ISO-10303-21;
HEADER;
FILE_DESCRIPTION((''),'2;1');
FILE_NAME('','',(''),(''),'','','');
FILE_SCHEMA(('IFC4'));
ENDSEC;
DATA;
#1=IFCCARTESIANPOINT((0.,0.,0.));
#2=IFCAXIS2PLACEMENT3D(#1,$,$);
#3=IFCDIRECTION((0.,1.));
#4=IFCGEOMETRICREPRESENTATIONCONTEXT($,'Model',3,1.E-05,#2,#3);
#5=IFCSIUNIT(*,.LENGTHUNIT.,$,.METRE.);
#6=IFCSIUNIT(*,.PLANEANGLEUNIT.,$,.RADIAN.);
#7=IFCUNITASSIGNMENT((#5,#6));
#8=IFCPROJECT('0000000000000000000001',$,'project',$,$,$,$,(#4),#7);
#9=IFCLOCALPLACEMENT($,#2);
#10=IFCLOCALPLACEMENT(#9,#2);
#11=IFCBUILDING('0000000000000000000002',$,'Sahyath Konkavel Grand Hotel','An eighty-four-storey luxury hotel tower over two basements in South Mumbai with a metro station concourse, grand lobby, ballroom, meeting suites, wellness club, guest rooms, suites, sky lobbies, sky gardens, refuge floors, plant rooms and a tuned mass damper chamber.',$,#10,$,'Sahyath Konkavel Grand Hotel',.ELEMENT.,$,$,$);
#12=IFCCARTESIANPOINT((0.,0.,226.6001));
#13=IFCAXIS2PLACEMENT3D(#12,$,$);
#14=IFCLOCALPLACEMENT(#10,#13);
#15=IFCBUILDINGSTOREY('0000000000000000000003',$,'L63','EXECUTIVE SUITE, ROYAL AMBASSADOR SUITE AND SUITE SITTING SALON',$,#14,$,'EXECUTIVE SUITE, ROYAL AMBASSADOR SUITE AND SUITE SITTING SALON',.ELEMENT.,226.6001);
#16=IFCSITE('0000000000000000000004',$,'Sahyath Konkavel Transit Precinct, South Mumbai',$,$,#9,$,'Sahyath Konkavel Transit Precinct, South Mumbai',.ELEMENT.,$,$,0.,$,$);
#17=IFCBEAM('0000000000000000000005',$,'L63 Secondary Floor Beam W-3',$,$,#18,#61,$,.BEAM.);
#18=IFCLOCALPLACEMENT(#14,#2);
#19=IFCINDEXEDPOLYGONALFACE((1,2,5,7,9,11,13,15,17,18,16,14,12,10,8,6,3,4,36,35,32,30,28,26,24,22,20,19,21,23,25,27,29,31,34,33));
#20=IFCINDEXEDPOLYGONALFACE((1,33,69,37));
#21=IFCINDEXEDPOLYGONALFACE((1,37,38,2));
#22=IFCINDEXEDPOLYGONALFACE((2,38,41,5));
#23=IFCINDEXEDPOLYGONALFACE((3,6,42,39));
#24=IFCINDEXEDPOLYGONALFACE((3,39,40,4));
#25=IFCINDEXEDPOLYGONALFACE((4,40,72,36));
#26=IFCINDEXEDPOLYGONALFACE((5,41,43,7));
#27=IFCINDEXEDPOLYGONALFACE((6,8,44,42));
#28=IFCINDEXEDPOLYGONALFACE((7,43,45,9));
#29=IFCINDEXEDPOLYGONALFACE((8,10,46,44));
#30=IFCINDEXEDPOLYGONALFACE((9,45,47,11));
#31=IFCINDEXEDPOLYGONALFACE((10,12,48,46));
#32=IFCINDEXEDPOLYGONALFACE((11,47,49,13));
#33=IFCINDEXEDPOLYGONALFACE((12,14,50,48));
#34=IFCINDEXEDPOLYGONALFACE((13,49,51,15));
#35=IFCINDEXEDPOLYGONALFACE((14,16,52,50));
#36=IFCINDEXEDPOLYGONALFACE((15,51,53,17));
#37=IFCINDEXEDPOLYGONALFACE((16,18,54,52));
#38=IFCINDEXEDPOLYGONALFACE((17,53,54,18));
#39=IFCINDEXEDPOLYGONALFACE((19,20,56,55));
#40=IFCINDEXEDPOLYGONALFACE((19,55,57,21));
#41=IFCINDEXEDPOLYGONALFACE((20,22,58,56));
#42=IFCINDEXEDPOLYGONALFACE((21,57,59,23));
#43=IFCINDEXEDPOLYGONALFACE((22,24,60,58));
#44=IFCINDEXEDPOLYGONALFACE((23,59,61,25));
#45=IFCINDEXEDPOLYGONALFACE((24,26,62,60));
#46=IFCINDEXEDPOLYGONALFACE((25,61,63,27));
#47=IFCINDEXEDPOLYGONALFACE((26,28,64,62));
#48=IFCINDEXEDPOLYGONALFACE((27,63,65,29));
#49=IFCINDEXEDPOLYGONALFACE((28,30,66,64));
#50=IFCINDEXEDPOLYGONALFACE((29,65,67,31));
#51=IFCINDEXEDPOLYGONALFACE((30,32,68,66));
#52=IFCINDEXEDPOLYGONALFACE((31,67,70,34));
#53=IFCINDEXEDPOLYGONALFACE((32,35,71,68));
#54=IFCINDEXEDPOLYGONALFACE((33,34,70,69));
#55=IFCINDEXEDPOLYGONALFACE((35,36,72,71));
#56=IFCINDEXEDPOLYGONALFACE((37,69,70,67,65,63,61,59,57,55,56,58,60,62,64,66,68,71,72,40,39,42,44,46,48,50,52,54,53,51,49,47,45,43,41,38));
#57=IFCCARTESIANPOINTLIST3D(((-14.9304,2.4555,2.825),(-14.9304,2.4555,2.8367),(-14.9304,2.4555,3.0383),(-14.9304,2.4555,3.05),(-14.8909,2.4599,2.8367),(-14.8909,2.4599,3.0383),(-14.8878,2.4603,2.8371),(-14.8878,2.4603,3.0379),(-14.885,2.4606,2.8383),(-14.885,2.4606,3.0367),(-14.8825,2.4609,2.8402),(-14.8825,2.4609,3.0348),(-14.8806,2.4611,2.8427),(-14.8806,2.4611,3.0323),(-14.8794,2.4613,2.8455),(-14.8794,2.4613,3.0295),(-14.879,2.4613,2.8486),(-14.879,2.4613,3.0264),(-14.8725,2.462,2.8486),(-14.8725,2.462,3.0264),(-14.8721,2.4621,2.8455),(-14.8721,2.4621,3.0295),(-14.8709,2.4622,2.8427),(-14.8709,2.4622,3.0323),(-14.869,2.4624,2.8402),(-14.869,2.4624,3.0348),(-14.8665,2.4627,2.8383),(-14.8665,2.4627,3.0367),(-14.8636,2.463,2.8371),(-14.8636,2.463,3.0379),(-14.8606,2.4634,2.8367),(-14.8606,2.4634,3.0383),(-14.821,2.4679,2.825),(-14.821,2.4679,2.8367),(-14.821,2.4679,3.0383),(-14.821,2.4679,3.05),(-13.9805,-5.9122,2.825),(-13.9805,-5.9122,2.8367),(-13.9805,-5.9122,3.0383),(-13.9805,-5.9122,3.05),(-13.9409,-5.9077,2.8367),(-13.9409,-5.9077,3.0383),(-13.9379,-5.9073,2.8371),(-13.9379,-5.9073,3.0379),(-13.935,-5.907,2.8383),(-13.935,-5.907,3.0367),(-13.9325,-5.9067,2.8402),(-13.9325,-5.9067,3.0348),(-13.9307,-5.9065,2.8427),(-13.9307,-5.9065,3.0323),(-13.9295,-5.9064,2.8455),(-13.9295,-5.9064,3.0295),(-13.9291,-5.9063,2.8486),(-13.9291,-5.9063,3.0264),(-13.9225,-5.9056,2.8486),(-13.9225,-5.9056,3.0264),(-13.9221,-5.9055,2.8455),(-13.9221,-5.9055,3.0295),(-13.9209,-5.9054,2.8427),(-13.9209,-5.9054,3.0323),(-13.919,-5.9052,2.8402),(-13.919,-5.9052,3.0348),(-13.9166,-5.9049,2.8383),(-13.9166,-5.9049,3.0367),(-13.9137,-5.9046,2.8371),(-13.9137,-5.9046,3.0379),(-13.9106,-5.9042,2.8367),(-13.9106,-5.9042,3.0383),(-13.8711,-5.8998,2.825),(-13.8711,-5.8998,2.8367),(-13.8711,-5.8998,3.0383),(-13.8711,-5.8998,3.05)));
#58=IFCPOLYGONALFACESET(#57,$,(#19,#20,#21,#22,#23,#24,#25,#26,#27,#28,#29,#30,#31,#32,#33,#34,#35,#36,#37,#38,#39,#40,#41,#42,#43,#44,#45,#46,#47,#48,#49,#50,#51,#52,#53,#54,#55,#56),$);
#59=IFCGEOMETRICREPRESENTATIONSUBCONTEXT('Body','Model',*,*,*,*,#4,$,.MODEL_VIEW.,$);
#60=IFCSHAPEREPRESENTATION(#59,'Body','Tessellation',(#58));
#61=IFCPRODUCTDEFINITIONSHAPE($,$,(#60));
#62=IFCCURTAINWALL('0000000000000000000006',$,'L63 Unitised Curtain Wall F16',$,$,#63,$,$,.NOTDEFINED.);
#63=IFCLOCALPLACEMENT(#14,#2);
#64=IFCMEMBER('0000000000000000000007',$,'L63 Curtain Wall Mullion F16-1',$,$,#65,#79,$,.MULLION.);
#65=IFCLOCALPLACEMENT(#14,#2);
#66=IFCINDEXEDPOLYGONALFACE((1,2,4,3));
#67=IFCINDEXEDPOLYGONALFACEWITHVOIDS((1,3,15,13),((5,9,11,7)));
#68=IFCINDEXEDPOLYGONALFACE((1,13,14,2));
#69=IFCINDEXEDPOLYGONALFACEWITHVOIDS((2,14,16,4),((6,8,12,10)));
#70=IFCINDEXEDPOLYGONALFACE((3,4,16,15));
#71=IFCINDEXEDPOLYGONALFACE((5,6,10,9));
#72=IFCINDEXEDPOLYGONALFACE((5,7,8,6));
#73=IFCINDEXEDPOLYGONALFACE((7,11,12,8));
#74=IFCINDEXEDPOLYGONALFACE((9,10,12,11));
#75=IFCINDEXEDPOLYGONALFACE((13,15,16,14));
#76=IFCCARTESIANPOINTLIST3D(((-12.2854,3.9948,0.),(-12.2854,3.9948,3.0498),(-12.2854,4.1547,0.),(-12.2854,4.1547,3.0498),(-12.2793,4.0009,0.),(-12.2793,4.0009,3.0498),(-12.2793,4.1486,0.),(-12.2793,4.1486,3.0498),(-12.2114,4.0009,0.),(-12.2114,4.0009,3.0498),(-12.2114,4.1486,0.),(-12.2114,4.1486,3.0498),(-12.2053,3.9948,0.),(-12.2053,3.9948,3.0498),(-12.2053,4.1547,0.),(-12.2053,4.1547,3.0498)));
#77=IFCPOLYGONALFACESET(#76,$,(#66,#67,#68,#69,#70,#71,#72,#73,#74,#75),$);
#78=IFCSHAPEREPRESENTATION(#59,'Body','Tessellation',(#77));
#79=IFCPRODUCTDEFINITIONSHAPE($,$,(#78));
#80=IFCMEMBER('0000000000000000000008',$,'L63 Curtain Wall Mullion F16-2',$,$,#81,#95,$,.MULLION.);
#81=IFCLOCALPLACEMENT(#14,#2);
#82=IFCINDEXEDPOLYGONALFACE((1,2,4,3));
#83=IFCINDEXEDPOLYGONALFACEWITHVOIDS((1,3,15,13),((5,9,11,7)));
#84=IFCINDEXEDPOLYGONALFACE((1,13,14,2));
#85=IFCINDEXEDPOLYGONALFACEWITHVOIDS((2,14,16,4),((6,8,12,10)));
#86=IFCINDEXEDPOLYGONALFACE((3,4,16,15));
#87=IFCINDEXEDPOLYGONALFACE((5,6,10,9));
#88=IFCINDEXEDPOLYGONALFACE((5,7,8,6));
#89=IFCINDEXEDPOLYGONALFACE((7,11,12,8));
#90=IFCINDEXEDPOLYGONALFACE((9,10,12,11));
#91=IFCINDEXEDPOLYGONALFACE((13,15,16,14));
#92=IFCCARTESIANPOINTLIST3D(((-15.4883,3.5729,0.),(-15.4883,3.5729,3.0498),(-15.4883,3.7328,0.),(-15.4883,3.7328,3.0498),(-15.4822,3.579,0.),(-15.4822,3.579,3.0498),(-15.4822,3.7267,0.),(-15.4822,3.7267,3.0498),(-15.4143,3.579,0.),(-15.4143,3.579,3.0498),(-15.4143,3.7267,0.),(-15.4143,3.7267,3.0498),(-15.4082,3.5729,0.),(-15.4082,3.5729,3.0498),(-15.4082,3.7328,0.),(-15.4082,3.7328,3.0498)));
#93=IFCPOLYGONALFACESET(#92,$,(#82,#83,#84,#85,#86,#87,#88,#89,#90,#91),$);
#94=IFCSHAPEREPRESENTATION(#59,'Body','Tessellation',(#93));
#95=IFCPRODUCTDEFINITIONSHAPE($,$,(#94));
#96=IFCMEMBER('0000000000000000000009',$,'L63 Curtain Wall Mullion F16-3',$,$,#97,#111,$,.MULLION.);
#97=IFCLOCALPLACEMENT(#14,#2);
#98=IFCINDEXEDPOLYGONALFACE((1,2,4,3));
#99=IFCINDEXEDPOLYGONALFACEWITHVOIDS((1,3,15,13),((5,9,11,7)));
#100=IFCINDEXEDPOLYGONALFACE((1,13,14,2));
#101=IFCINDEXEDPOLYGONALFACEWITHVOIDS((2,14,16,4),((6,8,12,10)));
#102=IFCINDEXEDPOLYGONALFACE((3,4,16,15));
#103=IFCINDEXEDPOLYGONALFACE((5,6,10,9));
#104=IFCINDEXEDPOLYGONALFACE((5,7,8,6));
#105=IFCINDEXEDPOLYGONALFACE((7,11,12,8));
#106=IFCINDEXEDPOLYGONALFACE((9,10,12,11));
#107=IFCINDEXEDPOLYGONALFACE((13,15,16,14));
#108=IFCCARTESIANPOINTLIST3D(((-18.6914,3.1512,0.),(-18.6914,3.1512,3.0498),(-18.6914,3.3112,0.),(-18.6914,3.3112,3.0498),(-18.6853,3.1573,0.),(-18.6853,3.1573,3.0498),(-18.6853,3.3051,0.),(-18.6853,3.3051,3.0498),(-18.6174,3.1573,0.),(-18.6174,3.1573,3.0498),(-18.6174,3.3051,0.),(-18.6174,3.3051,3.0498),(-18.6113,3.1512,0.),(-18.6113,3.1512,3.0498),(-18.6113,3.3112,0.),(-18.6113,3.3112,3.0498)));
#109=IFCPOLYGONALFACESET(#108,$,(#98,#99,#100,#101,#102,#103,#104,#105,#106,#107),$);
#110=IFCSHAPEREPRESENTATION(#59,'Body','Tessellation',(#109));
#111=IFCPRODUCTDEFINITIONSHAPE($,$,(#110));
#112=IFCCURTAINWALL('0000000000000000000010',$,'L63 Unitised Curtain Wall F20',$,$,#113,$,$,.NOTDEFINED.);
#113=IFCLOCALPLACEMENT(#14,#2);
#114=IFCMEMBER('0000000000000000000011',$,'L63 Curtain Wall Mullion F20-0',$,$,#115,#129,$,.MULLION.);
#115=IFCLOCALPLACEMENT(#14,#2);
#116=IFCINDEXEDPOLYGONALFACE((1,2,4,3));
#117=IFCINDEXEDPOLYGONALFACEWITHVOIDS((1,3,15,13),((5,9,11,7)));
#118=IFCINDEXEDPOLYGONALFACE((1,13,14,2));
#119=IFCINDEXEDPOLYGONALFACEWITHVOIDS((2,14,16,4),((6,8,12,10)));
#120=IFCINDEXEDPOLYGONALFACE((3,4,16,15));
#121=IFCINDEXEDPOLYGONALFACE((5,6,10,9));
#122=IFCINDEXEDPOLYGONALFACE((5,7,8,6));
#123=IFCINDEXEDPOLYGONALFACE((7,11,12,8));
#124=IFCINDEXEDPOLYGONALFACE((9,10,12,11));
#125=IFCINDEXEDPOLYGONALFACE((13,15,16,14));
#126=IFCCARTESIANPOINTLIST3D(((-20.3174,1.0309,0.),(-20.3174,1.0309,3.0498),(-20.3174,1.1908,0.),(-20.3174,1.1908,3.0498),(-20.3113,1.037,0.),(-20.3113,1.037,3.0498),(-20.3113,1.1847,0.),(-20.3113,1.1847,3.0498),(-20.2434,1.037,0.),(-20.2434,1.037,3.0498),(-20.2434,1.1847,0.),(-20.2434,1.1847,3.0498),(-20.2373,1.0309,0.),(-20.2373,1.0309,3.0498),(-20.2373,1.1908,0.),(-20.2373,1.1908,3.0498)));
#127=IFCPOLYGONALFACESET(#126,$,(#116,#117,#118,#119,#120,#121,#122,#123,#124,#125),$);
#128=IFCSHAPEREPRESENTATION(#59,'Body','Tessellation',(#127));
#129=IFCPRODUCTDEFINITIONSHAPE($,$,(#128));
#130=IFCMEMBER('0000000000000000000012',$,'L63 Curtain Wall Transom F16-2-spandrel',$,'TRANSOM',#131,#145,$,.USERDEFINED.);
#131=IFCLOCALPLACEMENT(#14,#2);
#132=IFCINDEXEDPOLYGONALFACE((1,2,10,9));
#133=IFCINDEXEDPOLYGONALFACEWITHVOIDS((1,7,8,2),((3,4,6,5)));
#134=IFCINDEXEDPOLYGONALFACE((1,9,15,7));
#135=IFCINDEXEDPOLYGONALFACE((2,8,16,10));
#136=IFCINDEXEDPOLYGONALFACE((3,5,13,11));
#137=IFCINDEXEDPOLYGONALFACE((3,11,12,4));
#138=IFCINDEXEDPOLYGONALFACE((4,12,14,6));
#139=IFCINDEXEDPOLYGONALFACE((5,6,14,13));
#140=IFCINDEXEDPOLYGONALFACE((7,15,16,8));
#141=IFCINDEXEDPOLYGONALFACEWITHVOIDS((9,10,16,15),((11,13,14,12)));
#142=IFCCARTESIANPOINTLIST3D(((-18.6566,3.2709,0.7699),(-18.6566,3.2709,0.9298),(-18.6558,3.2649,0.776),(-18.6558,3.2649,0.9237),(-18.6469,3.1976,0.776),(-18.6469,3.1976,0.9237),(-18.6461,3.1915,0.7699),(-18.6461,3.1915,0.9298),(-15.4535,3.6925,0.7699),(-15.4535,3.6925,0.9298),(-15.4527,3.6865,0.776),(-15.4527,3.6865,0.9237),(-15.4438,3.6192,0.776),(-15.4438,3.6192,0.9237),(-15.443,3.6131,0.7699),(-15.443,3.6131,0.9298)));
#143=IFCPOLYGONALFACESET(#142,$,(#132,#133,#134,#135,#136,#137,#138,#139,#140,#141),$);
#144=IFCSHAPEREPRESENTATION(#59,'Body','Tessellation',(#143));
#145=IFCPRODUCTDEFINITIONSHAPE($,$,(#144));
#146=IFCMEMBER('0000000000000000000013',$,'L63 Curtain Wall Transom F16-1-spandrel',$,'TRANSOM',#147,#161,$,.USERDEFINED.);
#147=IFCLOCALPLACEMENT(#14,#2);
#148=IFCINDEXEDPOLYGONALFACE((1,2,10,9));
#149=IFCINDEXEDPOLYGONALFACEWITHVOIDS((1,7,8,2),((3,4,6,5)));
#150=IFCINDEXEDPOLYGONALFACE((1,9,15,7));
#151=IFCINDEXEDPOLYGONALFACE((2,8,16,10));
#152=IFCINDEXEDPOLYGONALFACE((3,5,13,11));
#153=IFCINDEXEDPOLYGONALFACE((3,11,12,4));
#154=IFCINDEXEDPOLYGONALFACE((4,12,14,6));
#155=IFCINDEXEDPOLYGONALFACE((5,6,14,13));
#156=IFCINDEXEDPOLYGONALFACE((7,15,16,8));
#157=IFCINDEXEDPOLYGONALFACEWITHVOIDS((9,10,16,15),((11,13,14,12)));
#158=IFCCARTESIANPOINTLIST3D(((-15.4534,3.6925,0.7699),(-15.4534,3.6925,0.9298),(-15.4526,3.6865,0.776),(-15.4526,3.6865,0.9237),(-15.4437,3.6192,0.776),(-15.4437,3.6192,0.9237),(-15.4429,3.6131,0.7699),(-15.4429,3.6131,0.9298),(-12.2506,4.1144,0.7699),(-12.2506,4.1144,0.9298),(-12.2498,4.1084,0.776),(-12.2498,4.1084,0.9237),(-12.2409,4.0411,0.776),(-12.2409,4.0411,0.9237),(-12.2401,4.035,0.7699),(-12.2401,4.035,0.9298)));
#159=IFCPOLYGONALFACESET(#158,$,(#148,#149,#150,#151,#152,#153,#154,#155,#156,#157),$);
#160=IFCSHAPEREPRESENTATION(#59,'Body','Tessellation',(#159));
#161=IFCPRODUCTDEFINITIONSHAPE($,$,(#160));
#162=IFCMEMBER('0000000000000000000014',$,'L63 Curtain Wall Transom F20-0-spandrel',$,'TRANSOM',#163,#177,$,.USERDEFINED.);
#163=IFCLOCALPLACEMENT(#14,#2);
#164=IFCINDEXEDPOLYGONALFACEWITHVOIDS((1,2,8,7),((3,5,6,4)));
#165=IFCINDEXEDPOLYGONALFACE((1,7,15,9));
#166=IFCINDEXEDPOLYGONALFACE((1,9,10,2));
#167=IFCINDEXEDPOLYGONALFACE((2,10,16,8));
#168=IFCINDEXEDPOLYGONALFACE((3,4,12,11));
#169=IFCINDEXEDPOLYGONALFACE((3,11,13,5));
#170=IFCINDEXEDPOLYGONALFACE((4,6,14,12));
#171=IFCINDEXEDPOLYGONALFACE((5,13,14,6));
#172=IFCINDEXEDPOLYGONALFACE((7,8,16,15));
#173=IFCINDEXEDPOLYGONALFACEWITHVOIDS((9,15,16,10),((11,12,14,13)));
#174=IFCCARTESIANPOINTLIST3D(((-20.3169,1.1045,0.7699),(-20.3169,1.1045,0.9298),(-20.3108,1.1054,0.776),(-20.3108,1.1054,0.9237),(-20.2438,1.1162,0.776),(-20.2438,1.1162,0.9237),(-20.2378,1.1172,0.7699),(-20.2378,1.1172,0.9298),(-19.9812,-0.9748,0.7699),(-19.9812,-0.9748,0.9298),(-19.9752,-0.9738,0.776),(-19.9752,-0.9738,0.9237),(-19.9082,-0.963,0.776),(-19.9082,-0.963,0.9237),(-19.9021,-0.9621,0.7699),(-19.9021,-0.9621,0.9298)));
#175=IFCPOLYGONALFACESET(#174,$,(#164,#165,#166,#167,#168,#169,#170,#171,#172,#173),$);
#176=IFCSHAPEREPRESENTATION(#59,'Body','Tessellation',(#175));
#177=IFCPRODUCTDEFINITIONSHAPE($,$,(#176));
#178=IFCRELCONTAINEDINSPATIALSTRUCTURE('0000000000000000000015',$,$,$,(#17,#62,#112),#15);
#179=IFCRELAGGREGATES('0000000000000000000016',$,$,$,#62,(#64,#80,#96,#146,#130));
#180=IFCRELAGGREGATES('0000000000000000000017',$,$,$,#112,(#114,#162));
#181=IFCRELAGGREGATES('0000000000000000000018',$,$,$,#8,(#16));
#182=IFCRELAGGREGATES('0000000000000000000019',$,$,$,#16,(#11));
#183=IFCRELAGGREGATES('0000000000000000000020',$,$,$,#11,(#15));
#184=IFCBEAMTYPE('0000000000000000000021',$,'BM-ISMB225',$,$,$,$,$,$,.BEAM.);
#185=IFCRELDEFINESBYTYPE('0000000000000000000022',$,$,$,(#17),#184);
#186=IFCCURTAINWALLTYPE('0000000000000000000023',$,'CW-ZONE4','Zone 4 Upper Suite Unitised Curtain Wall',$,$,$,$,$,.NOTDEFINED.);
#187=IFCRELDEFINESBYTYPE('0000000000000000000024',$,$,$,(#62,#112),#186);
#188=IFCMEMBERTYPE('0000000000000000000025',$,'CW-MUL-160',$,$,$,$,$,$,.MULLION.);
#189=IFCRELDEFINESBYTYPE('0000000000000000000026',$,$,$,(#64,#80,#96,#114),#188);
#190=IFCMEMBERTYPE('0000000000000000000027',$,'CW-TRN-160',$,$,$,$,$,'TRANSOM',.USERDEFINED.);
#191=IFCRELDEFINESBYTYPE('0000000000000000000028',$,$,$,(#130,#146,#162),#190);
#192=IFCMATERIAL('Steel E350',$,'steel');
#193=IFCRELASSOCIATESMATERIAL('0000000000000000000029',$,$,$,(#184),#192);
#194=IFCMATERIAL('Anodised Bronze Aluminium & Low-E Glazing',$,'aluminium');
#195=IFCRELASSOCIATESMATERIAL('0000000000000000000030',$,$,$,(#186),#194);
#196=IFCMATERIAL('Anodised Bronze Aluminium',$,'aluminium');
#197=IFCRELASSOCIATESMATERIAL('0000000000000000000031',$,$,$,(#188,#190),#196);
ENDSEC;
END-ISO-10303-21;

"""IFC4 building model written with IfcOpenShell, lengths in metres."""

from ifc_helpers import new_model, si_unit, direction, frame, origin, origin_2d, place, context, subcontext, project, spatial, hollow_rectangle, i_section, extrude, source, transform, mapped, material, material_profile, profile_set, type_object, element, aggregate, save


model = new_model("IFC4")

# Units and contexts
model_context = context("Model", 3, precision=1e-05, world=origin(), true_north=direction((0.0, 1.0)))
body_context = subcontext(model_context, "Body", "Model", "MODEL_VIEW")
ifc_project = project(units=[si_unit("LENGTHUNIT", "METRE"), si_unit("PLANEANGLEUNIT", "RADIAN")], contexts=[model_context])

# Site, building, storey
site_placement = place(None, origin())
site = spatial("IfcSite", under=ifc_project, at=site_placement, Name="Sahyath Konkavel Transit Precinct, South Mumbai", LongName="Sahyath Konkavel Transit Precinct, South Mumbai", CompositionType="ELEMENT", RefElevation=0.0)
building_placement = place(site_placement, origin())
building = spatial("IfcBuilding", under=site, at=building_placement, Name="Sahyath Konkavel Grand Hotel", Description="An eighty-four-storey luxury hotel tower over two basements in South Mumbai with a metro station concourse, grand lobby, ballroom, meeting suites, wellness club, guest rooms, suites, sky lobbies, sky gardens, refuge floors, plant rooms and a tuned mass damper chamber.", LongName="Sahyath Konkavel Grand Hotel", CompositionType="ELEMENT")
storey_placement = place(building_placement, frame((0.0, 0.0, 226.6001)))
storey = spatial("IfcBuildingStorey", under=building, at=storey_placement, Name="L63", Description="EXECUTIVE SUITE, ROYAL AMBASSADOR SUITE AND SUITE SITTING SALON", LongName="EXECUTIVE SUITE, ROYAL AMBASSADOR SUITE AND SUITE SITTING SALON", CompositionType="ELEMENT", Elevation=226.6001)

# Beam
ifc_material_1 = material(Name="Steel E350", Category="steel")
ifc_material_profile_1 = material_profile(ifc_material_1, i_section(OverallWidth=0.1101, OverallDepth=0.2251, WebThickness=0.0066, FlangeThickness=0.0117, FilletRadius=0.012, at=origin_2d()), Name="ISMB 225")
ifc_profile_set_1 = profile_set([ifc_material_profile_1], Name="Steel E350")
beam_type_1 = type_object("IfcBeamType", Name="BM-ISMB225", PredefinedType="BEAM", material=ifc_profile_set_1)
shared_shape_1 = source(origin(), body_context, "Body", "SweptSolid", [
    extrude(i_section(OverallWidth=0.1101, OverallDepth=0.2251, WebThickness=0.0066, FlangeThickness=0.0117, FilletRadius=0.012, at=origin_2d()), origin(), (0.0, 0.0, 1.0), 8.4214),
])
beam_1_placement = place(storey_placement, frame((-14.8757, 2.4617, 2.9375), z_axis=(0.112802, -0.993618, 0.0), x_axis=(0.993618, 0.112802, 0.0)))
element("IfcBeam", 1, at=beam_1_placement, inside=storey, type_object=beam_type_1, Name="L63 Secondary Floor Beam W-3", PredefinedType="BEAM", context=body_context, shape_type="MappedRepresentation", body=[
    mapped(shared_shape_1, transform((0.0, 0.0, 0.0), scale=1.0)),
])

# Curtain wall, members
ifc_material_2 = material(Name="Anodised Bronze Aluminium & Low-E Glazing", Category="aluminium")
curtain_wall_type = type_object("IfcCurtainWallType", Name="CW-ZONE4", Description="Zone 4 Upper Suite Unitised Curtain Wall", PredefinedType="NOTDEFINED", material=ifc_material_2)
curtain_wall_1_placement = place(storey_placement, origin())
curtain_wall_1 = element("IfcCurtainWall", 2, at=curtain_wall_1_placement, inside=storey, type_object=curtain_wall_type, Name="L63 Unitised Curtain Wall F16", PredefinedType="NOTDEFINED")
ifc_material_3 = material(Name="Anodised Bronze Aluminium", Category="aluminium")
ifc_material_profile_2 = material_profile(ifc_material_3, hollow_rectangle(XDim=0.0801, YDim=0.1599, WallThickness=0.0061, at=origin_2d()), Name="RHS 160x80x6")
ifc_profile_set_2 = profile_set([ifc_material_profile_2], Name="Anodised Bronze Aluminium")
member_type_1 = type_object("IfcMemberType", Name="CW-MUL-160", PredefinedType="MULLION", material=ifc_profile_set_2)
shared_shape_2 = source(origin(), body_context, "Body", "SweptSolid", [
    extrude(hollow_rectangle(XDim=0.0801, YDim=0.1599, WallThickness=0.0061, at=origin_2d()), origin(), (0.0, 0.0, 1.0), 3.0498),
])
member_1_placement = place(storey_placement, frame((-12.2454, 4.0747, 0.0), z_axis=(0.0, 0.0, 1.0), x_axis=(1.0, 0.0, 0.0)))
member_1 = element("IfcMember", 3, at=member_1_placement, type_object=member_type_1, Name="L63 Curtain Wall Mullion F16-1", PredefinedType="MULLION", context=body_context, shape_type="MappedRepresentation", body=[
    mapped(shared_shape_2, transform((0.0, 0.0, 0.0), scale=1.0)),
])
member_2_placement = place(storey_placement, frame((-15.4482, 3.6528, 0.0), z_axis=(0.0, 0.0, 1.0), x_axis=(1.0, 0.0, 0.0)))
member_2 = element("IfcMember", 4, at=member_2_placement, type_object=member_type_1, Name="L63 Curtain Wall Mullion F16-2", PredefinedType="MULLION", context=body_context, shape_type="MappedRepresentation", body=[
    mapped(shared_shape_2, transform((0.0, 0.0, 0.0), scale=1.0)),
])
member_3_placement = place(storey_placement, frame((-18.6514, 3.2312, 0.0), z_axis=(0.0, 0.0, 1.0), x_axis=(1.0, 0.0, 0.0)))
member_3 = element("IfcMember", 5, at=member_3_placement, type_object=member_type_1, Name="L63 Curtain Wall Mullion F16-3", PredefinedType="MULLION", context=body_context, shape_type="MappedRepresentation", body=[
    mapped(shared_shape_2, transform((0.0, 0.0, 0.0), scale=1.0)),
])

# Curtain wall, member
curtain_wall_2_placement = place(storey_placement, origin())
curtain_wall_2 = element("IfcCurtainWall", 6, at=curtain_wall_2_placement, inside=storey, type_object=curtain_wall_type, Name="L63 Unitised Curtain Wall F20", PredefinedType="NOTDEFINED")
member_4_placement = place(storey_placement, frame((-20.2773, 1.1108, 0.0), z_axis=(0.0, 0.0, 1.0), x_axis=(1.0, 0.0, 0.0)))
member_4 = element("IfcMember", 7, at=member_4_placement, type_object=member_type_1, Name="L63 Curtain Wall Mullion F20-0", PredefinedType="MULLION", context=body_context, shape_type="MappedRepresentation", body=[
    mapped(shared_shape_2, transform((0.0, 0.0, 0.0), scale=1.0)),
])

# Members
ifc_material_profile_3 = material_profile(ifc_material_3, hollow_rectangle(XDim=0.0801, YDim=0.1599, WallThickness=0.0061, at=origin_2d()), Name="RHS 160x80x6")
ifc_profile_set_3 = profile_set([ifc_material_profile_3], Name="Anodised Bronze Aluminium")
member_type_2 = type_object("IfcMemberType", Name="CW-TRN-160", ElementType="TRANSOM", PredefinedType="USERDEFINED", material=ifc_profile_set_3)
shared_shape_3 = source(origin(), body_context, "Body", "SweptSolid", [
    extrude(hollow_rectangle(XDim=0.0801, YDim=0.1599, WallThickness=0.0061, at=origin_2d()), origin(), (0.0, 0.0, 1.0), 3.2307),
])
member_5_placement = place(storey_placement, frame((-15.4482, 3.6528, 0.8499), z_axis=(-0.991448, -0.130505, 0.0), x_axis=(0.130505, -0.991448, 0.0)))
member_5 = element("IfcMember", 8, at=member_5_placement, type_object=member_type_2, Name="L63 Curtain Wall Transom F16-2-spandrel", ObjectType="TRANSOM", PredefinedType="USERDEFINED", context=body_context, shape_type="MappedRepresentation", body=[
    mapped(shared_shape_3, transform((0.0, 0.0, 0.0), scale=1.0)),
])
shared_shape_4 = source(origin(), body_context, "Body", "SweptSolid", [
    extrude(hollow_rectangle(XDim=0.0801, YDim=0.1599, WallThickness=0.0061, at=origin_2d()), origin(), (0.0, 0.0, 1.0), 3.2305),
])
member_6_placement = place(storey_placement, frame((-12.2454, 4.0747, 0.8499), z_axis=(-0.991437, -0.130589, 0.0), x_axis=(0.130589, -0.991437, 0.0)))
member_6 = element("IfcMember", 9, at=member_6_placement, type_object=member_type_2, Name="L63 Curtain Wall Transom F16-1-spandrel", ObjectType="TRANSOM", PredefinedType="USERDEFINED", context=body_context, shape_type="MappedRepresentation", body=[
    mapped(shared_shape_4, transform((0.0, 0.0, 0.0), scale=1.0)),
])
shared_shape_5 = source(origin(), body_context, "Body", "SweptSolid", [
    extrude(hollow_rectangle(XDim=0.0801, YDim=0.1599, WallThickness=0.0061, at=origin_2d()), origin(), (0.0, 0.0, 1.0), 2.1062),
])
member_7_placement = place(storey_placement, frame((-20.2773, 1.1108, 0.8499), z_axis=(0.159378, -0.987218, 0.0), x_axis=(0.987218, 0.159378, 0.0)))
member_7 = element("IfcMember", 10, at=member_7_placement, type_object=member_type_2, Name="L63 Curtain Wall Transom F20-0-spandrel", ObjectType="TRANSOM", PredefinedType="USERDEFINED", context=body_context, shape_type="MappedRepresentation", body=[
    mapped(shared_shape_5, transform((0.0, 0.0, 0.0), scale=1.0)),
])

aggregate(curtain_wall_1, [member_1, member_2, member_3, member_6, member_5])
aggregate(curtain_wall_2, [member_4, member_7])

save(model, "model.ifc")
